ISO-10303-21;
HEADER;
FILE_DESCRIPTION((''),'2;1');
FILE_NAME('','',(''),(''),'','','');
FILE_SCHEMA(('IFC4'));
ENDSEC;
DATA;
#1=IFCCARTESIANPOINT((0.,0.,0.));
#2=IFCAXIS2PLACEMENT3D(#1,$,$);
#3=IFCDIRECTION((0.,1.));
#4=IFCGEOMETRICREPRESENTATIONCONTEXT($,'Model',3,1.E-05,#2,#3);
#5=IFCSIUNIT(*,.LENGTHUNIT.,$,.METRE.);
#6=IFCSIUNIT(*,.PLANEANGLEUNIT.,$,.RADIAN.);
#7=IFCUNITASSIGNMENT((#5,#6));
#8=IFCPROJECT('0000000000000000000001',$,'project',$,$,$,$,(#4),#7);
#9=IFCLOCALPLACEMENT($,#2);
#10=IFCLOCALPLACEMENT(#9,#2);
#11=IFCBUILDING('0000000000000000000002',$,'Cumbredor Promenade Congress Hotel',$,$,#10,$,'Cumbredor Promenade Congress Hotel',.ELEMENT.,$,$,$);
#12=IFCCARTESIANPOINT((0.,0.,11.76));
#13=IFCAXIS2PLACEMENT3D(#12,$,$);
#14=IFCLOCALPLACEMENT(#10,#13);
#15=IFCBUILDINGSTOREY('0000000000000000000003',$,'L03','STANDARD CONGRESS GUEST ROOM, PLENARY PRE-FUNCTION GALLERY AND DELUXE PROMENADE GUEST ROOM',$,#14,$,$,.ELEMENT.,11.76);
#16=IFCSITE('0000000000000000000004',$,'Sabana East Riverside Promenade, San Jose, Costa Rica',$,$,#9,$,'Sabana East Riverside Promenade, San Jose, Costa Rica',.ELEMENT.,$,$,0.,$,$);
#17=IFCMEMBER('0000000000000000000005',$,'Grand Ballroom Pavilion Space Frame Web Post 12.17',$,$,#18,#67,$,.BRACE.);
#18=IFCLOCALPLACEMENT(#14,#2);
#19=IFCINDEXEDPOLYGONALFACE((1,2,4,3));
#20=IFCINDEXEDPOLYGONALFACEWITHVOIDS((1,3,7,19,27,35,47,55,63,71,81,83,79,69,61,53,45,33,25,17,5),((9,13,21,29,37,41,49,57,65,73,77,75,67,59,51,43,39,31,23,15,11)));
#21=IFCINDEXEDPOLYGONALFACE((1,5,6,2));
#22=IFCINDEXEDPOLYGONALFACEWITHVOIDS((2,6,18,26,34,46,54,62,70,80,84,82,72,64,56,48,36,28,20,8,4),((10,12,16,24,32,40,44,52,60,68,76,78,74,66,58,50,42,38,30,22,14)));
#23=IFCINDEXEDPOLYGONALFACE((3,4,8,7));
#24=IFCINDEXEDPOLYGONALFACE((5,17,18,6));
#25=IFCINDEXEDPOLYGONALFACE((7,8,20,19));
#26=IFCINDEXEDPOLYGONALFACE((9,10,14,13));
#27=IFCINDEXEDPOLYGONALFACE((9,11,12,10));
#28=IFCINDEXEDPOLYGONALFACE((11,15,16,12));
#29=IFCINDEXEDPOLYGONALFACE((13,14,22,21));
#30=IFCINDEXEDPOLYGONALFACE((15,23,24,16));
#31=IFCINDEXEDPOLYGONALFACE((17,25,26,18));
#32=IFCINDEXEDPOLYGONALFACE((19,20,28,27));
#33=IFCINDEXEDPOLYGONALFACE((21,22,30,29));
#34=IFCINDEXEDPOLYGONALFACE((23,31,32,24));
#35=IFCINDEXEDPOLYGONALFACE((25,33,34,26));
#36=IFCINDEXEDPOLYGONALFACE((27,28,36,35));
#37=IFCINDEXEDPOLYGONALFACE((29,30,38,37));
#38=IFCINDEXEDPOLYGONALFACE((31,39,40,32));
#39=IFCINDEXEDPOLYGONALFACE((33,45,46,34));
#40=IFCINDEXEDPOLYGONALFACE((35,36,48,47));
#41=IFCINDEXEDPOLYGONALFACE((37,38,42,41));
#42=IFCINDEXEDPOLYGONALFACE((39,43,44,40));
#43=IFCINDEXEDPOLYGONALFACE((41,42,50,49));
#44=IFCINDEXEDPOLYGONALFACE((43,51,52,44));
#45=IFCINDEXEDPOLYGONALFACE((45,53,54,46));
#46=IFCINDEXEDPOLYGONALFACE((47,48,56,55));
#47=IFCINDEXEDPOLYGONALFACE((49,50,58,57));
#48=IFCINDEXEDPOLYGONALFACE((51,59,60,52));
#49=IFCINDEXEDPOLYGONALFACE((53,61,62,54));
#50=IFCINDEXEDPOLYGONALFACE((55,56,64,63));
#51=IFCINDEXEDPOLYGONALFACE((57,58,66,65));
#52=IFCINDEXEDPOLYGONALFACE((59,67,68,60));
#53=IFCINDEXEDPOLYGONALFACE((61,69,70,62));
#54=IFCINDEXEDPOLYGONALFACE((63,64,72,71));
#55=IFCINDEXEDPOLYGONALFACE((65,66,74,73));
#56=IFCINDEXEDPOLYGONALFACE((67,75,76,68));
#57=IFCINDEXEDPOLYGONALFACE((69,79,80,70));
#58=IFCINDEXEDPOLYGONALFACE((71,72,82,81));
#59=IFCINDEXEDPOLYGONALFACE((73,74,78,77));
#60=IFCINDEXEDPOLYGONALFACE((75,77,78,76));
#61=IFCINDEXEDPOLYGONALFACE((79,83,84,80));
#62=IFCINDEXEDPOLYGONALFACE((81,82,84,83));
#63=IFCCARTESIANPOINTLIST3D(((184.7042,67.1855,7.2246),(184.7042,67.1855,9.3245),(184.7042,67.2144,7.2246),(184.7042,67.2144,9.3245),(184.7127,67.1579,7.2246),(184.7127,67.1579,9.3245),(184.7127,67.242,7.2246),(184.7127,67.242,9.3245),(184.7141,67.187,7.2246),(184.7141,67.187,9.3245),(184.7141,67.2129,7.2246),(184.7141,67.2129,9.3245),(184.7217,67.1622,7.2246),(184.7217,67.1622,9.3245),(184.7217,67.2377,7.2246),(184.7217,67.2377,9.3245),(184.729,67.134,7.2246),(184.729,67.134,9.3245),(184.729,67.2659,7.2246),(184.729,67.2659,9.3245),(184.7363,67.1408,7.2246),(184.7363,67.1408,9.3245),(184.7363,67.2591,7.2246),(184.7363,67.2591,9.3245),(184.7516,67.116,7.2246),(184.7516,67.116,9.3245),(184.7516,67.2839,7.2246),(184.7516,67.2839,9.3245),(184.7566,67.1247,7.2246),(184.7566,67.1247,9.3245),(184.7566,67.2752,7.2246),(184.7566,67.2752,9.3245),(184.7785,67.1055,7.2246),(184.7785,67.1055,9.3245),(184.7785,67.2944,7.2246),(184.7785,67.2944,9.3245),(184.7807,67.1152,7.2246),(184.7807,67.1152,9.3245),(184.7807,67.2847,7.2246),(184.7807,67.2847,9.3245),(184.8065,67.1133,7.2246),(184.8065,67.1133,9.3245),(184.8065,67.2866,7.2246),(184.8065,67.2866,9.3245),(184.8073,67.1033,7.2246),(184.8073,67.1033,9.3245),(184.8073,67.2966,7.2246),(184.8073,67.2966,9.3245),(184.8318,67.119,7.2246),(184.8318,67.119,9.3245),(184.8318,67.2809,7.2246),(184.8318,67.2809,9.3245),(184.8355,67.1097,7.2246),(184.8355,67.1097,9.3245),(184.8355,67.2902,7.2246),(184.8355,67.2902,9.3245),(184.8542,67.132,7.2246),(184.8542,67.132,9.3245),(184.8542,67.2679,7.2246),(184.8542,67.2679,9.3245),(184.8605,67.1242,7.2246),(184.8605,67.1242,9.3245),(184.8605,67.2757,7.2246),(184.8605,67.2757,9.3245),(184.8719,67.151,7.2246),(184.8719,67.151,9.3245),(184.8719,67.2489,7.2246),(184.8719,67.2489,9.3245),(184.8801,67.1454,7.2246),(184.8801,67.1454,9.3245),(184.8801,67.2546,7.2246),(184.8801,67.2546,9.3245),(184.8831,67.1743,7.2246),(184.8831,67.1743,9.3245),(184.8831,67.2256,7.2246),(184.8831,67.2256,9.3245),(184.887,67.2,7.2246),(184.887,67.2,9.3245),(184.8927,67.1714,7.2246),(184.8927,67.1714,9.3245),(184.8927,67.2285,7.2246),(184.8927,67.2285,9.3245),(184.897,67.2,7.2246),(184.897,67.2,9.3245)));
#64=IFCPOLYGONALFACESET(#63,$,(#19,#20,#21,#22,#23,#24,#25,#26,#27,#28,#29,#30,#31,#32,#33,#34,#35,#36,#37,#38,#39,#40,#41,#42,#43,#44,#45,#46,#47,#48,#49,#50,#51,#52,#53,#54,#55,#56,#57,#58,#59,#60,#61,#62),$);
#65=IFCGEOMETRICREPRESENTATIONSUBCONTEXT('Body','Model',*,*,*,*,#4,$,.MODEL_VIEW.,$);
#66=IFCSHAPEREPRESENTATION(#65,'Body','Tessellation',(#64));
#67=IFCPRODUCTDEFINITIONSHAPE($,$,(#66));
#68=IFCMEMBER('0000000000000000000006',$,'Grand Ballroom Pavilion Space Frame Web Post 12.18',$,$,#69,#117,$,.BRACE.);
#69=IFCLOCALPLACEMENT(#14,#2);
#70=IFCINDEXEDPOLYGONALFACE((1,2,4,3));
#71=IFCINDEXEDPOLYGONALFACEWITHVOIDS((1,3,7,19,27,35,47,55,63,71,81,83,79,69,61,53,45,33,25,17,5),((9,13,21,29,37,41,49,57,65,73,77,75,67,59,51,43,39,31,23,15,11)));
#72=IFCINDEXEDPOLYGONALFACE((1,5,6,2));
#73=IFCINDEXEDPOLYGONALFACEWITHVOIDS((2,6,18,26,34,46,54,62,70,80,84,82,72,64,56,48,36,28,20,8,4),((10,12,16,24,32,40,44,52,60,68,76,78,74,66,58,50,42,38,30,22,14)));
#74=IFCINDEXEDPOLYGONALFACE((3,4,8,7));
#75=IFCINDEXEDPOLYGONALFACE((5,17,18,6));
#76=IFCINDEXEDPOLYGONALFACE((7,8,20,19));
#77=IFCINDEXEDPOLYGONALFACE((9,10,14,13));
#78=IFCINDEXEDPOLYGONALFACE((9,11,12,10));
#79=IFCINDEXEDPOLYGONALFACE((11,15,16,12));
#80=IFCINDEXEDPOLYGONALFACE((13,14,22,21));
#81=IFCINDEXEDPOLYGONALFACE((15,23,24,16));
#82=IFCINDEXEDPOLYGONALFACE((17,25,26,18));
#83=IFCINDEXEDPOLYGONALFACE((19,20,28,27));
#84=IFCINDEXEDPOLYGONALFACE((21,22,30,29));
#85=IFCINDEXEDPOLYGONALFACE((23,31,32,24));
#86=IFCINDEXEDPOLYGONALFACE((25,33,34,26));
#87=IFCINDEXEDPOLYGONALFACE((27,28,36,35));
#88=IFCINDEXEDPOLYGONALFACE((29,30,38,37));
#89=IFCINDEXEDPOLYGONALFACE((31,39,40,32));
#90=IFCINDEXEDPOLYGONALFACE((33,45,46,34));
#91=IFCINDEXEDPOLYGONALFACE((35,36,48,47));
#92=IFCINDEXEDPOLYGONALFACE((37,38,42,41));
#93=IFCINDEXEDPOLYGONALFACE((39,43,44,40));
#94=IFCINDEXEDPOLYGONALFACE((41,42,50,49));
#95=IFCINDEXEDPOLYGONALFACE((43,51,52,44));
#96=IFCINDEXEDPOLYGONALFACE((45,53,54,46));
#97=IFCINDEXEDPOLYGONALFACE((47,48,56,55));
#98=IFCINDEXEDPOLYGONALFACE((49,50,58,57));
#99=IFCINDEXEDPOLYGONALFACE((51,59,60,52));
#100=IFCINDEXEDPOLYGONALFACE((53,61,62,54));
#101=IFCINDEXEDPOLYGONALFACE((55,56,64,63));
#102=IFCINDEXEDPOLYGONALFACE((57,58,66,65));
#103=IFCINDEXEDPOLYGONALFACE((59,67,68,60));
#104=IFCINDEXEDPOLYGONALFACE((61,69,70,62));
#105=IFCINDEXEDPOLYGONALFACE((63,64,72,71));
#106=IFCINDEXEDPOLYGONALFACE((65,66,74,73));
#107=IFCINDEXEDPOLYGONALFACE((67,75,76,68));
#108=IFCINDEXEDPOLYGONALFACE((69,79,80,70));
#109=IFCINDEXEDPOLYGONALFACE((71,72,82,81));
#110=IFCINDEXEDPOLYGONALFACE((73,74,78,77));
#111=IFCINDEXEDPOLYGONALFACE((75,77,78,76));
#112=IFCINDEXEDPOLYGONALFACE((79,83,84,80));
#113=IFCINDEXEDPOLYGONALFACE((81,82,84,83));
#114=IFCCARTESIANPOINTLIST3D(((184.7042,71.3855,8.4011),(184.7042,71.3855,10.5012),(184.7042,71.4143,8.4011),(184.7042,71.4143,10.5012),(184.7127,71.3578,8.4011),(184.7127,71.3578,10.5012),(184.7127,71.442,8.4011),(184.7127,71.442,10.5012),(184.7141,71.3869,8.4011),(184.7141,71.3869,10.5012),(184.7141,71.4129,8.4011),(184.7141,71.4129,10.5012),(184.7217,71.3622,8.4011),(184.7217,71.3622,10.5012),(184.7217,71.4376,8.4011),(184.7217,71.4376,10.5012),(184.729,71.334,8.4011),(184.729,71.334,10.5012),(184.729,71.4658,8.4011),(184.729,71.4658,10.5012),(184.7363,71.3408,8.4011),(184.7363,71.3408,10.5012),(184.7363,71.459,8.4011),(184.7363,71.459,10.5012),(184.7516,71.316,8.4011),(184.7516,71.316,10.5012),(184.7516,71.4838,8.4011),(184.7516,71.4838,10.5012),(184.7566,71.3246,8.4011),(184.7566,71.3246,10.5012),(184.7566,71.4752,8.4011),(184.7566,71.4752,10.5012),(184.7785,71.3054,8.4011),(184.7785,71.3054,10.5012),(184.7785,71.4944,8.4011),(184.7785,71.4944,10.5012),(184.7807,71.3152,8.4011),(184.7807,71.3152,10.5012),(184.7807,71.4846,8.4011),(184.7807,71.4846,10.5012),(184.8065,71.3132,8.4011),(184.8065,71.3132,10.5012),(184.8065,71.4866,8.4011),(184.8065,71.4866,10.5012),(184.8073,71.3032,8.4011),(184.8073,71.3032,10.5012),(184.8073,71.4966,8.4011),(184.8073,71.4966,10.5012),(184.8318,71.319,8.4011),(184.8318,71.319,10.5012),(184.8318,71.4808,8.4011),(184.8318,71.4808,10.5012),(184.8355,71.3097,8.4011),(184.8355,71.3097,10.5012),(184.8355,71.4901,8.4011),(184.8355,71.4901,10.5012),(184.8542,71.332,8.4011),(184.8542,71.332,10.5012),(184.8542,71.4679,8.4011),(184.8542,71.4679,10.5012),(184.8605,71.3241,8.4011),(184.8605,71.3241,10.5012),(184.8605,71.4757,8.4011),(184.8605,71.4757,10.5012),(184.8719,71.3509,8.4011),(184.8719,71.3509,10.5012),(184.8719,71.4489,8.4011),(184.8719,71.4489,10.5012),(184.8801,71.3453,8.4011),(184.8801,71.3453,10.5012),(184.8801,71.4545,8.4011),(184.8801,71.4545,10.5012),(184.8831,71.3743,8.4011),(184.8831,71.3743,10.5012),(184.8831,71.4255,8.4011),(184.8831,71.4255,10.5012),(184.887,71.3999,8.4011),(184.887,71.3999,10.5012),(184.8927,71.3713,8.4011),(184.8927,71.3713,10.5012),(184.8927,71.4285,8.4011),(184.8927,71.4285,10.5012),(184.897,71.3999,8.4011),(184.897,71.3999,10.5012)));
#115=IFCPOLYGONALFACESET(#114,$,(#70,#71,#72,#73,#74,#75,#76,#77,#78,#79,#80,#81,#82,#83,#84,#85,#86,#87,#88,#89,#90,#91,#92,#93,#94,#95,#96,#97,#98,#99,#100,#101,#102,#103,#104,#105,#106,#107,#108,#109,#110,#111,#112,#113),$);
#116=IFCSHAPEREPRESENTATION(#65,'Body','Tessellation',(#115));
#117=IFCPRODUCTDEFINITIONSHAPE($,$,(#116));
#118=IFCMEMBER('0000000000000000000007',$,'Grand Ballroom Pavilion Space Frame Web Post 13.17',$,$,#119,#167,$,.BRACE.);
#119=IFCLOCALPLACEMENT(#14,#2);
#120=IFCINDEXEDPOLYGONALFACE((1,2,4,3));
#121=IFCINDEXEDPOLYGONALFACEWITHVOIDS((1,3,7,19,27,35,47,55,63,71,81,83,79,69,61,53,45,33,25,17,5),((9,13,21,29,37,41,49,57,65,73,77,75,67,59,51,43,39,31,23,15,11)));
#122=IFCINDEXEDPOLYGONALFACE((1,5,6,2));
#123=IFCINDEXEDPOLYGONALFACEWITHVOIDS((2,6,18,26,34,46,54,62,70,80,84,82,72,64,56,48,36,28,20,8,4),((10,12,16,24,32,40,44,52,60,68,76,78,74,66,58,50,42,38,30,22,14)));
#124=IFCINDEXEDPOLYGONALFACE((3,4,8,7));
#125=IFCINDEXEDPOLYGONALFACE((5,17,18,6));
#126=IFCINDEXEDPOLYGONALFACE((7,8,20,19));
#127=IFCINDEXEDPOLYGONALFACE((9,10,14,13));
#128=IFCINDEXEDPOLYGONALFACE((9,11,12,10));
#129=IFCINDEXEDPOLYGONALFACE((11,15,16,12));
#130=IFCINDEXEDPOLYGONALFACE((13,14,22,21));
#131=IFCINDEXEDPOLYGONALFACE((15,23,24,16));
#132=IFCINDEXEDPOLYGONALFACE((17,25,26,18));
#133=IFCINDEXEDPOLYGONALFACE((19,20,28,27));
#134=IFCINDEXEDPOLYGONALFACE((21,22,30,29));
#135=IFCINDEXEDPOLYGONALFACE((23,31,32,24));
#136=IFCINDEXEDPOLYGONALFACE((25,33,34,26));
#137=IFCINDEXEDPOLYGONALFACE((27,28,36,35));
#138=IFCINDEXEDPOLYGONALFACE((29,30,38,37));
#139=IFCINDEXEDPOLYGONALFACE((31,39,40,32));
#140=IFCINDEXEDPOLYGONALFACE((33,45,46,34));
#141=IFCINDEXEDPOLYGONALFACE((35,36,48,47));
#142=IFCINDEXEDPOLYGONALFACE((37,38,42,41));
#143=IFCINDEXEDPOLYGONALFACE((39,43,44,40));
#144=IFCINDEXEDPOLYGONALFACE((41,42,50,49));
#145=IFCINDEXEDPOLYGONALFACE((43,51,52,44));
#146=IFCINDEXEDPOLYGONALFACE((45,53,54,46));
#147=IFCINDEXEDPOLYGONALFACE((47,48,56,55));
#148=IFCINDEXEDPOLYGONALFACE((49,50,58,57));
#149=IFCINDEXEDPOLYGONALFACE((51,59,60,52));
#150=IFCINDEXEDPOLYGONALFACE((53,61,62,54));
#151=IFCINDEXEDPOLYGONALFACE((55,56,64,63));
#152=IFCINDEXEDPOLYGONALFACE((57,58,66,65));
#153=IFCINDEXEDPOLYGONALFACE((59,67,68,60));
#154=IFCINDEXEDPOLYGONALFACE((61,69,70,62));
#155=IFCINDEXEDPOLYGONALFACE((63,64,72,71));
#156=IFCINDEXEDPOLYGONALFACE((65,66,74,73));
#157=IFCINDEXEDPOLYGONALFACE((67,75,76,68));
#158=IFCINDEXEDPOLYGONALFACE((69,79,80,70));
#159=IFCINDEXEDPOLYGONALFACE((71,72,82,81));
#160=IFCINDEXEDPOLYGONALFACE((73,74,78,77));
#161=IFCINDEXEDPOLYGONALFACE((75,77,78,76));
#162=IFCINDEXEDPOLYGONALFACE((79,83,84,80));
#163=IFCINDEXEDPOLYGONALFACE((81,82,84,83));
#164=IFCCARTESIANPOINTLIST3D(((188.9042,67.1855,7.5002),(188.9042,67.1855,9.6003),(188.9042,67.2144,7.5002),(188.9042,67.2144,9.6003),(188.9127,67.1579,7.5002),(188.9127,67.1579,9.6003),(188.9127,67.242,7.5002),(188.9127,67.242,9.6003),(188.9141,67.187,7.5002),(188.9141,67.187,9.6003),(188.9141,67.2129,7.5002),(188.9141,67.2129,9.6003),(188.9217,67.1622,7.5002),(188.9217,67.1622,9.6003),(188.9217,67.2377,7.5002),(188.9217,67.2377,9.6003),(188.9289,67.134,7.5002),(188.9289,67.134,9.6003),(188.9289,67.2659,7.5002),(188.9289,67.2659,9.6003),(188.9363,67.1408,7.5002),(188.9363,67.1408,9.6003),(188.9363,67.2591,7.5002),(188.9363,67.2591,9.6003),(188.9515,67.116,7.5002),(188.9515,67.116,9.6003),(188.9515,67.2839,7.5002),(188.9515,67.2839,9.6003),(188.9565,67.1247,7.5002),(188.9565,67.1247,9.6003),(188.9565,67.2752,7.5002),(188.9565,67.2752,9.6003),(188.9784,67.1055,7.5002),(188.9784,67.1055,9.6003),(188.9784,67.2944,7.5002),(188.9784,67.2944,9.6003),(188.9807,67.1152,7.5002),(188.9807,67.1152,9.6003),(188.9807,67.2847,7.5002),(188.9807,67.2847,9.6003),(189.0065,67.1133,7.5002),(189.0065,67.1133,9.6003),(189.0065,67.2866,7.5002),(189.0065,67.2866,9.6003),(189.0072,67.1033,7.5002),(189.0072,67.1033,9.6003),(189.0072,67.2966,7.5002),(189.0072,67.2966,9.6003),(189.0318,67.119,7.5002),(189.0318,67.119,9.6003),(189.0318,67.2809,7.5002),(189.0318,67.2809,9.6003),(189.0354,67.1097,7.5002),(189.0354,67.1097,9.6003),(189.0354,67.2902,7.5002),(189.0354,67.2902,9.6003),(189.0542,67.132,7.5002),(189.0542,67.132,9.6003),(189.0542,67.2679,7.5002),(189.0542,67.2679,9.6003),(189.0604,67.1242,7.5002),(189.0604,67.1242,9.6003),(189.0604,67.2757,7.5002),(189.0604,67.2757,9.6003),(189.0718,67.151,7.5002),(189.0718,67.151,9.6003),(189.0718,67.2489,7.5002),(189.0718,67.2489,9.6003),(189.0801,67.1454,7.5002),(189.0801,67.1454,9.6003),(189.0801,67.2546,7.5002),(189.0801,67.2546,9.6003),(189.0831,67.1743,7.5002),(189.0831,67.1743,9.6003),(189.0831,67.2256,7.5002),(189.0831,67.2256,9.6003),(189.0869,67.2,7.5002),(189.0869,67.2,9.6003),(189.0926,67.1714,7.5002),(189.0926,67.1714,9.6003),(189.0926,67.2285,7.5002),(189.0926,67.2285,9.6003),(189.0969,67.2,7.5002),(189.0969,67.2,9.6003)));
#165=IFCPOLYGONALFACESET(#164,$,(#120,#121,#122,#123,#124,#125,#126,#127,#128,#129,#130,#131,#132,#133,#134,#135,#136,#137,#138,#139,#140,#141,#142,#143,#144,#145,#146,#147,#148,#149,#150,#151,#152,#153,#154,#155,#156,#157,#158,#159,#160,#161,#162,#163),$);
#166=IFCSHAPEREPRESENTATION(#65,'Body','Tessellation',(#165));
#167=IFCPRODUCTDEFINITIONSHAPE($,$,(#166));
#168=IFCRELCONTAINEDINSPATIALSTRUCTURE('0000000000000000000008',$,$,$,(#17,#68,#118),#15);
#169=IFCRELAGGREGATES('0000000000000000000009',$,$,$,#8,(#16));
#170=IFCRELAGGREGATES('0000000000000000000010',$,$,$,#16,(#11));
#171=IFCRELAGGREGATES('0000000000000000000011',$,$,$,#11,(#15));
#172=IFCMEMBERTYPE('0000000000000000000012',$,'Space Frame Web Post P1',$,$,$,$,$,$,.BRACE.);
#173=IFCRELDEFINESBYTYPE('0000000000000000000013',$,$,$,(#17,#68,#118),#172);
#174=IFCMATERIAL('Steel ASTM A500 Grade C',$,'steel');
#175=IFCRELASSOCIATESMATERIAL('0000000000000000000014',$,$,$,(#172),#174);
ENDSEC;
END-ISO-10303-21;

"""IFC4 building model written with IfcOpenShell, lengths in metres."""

from ifc_helpers import new_model, si_unit, direction, frame, origin, origin_2d, place, context, subcontext, project, spatial, hollow_circle, extrude, material, material_profile, profile_set, type_object, element, save


model = new_model("IFC4")

# Units and contexts
model_context = context("Model", 3, precision=1e-05, world=origin(), true_north=direction((0.0, 1.0)))
body_context = subcontext(model_context, "Body", "Model", "MODEL_VIEW")
ifc_project = project(units=[si_unit("LENGTHUNIT", "METRE"), si_unit("PLANEANGLEUNIT", "RADIAN")], contexts=[model_context])

# Site, building, storey
site_placement = place(None, origin())
site = spatial("IfcSite", under=ifc_project, at=site_placement, Name="Sabana East Riverside Promenade, San Jose, Costa Rica", LongName="Sabana East Riverside Promenade, San Jose, Costa Rica", CompositionType="ELEMENT", RefElevation=0.0)
building_placement = place(site_placement, origin())
building = spatial("IfcBuilding", under=site, at=building_placement, Name="Cumbredor Promenade Congress Hotel", LongName="Cumbredor Promenade Congress Hotel", CompositionType="ELEMENT")
storey_placement = place(building_placement, frame((0.0, 0.0, 11.76)))
storey = spatial("IfcBuildingStorey", under=building, at=storey_placement, Name="L03", Description="STANDARD CONGRESS GUEST ROOM, PLENARY PRE-FUNCTION GALLERY AND DELUXE PROMENADE GUEST ROOM", CompositionType="ELEMENT", Elevation=11.76)

# Shared definitions
ifc_material_1 = material(Name="Steel ASTM A500 Grade C", Category="steel")

# Members
ifc_material_profile_1 = material_profile(ifc_material_1, hollow_circle(Radius=0.0969, WallThickness=0.01, at=origin_2d()), Name="CHS 193.7x10")
ifc_profile_set_1 = profile_set([ifc_material_profile_1], Name="Steel ASTM A500 Grade C")
member_type_1 = type_object("IfcMemberType", Name="Space Frame Web Post P1", PredefinedType="BRACE", material=ifc_profile_set_1)
for number, where, z_axis, x_axis, name in (
    (1, (184.8, 67.2, 7.2246), (0.0, 0.0, 1.0), (1.0, 0.0, 0.0), "Grand Ballroom Pavilion Space Frame Web Post 12.17"),
):
    element("IfcMember", number, at=place(storey_placement, frame(where, z_axis=z_axis, x_axis=x_axis)), inside=storey, type_object=member_type_1, Name=name, PredefinedType="BRACE", context=body_context, shape_type="SweptSolid", body=[
        extrude(hollow_circle(Radius=0.0969, WallThickness=0.01, at=origin_2d()), origin(), (0.0, 0.0, 1.0), 2.0999),
    ])
for number, where, z_axis, x_axis, name in (
    (2, (184.8, 71.3999, 8.4011), (0.0, 0.0, 1.0), (1.0, 0.0, 0.0), "Grand Ballroom Pavilion Space Frame Web Post 12.18"),
    (3, (189.0, 67.2, 7.5002), (0.0, 0.0, 1.0), (1.0, 0.0, 0.0), "Grand Ballroom Pavilion Space Frame Web Post 13.17"),
):
    element("IfcMember", number, at=place(storey_placement, frame(where, z_axis=z_axis, x_axis=x_axis)), inside=storey, type_object=member_type_1, Name=name, PredefinedType="BRACE", context=body_context, shape_type="SweptSolid", body=[
        extrude(hollow_circle(Radius=0.0969, WallThickness=0.01, at=origin_2d()), origin(), (0.0, 0.0, 1.0), 2.1001),
    ])

save(model, "model.ifc")
